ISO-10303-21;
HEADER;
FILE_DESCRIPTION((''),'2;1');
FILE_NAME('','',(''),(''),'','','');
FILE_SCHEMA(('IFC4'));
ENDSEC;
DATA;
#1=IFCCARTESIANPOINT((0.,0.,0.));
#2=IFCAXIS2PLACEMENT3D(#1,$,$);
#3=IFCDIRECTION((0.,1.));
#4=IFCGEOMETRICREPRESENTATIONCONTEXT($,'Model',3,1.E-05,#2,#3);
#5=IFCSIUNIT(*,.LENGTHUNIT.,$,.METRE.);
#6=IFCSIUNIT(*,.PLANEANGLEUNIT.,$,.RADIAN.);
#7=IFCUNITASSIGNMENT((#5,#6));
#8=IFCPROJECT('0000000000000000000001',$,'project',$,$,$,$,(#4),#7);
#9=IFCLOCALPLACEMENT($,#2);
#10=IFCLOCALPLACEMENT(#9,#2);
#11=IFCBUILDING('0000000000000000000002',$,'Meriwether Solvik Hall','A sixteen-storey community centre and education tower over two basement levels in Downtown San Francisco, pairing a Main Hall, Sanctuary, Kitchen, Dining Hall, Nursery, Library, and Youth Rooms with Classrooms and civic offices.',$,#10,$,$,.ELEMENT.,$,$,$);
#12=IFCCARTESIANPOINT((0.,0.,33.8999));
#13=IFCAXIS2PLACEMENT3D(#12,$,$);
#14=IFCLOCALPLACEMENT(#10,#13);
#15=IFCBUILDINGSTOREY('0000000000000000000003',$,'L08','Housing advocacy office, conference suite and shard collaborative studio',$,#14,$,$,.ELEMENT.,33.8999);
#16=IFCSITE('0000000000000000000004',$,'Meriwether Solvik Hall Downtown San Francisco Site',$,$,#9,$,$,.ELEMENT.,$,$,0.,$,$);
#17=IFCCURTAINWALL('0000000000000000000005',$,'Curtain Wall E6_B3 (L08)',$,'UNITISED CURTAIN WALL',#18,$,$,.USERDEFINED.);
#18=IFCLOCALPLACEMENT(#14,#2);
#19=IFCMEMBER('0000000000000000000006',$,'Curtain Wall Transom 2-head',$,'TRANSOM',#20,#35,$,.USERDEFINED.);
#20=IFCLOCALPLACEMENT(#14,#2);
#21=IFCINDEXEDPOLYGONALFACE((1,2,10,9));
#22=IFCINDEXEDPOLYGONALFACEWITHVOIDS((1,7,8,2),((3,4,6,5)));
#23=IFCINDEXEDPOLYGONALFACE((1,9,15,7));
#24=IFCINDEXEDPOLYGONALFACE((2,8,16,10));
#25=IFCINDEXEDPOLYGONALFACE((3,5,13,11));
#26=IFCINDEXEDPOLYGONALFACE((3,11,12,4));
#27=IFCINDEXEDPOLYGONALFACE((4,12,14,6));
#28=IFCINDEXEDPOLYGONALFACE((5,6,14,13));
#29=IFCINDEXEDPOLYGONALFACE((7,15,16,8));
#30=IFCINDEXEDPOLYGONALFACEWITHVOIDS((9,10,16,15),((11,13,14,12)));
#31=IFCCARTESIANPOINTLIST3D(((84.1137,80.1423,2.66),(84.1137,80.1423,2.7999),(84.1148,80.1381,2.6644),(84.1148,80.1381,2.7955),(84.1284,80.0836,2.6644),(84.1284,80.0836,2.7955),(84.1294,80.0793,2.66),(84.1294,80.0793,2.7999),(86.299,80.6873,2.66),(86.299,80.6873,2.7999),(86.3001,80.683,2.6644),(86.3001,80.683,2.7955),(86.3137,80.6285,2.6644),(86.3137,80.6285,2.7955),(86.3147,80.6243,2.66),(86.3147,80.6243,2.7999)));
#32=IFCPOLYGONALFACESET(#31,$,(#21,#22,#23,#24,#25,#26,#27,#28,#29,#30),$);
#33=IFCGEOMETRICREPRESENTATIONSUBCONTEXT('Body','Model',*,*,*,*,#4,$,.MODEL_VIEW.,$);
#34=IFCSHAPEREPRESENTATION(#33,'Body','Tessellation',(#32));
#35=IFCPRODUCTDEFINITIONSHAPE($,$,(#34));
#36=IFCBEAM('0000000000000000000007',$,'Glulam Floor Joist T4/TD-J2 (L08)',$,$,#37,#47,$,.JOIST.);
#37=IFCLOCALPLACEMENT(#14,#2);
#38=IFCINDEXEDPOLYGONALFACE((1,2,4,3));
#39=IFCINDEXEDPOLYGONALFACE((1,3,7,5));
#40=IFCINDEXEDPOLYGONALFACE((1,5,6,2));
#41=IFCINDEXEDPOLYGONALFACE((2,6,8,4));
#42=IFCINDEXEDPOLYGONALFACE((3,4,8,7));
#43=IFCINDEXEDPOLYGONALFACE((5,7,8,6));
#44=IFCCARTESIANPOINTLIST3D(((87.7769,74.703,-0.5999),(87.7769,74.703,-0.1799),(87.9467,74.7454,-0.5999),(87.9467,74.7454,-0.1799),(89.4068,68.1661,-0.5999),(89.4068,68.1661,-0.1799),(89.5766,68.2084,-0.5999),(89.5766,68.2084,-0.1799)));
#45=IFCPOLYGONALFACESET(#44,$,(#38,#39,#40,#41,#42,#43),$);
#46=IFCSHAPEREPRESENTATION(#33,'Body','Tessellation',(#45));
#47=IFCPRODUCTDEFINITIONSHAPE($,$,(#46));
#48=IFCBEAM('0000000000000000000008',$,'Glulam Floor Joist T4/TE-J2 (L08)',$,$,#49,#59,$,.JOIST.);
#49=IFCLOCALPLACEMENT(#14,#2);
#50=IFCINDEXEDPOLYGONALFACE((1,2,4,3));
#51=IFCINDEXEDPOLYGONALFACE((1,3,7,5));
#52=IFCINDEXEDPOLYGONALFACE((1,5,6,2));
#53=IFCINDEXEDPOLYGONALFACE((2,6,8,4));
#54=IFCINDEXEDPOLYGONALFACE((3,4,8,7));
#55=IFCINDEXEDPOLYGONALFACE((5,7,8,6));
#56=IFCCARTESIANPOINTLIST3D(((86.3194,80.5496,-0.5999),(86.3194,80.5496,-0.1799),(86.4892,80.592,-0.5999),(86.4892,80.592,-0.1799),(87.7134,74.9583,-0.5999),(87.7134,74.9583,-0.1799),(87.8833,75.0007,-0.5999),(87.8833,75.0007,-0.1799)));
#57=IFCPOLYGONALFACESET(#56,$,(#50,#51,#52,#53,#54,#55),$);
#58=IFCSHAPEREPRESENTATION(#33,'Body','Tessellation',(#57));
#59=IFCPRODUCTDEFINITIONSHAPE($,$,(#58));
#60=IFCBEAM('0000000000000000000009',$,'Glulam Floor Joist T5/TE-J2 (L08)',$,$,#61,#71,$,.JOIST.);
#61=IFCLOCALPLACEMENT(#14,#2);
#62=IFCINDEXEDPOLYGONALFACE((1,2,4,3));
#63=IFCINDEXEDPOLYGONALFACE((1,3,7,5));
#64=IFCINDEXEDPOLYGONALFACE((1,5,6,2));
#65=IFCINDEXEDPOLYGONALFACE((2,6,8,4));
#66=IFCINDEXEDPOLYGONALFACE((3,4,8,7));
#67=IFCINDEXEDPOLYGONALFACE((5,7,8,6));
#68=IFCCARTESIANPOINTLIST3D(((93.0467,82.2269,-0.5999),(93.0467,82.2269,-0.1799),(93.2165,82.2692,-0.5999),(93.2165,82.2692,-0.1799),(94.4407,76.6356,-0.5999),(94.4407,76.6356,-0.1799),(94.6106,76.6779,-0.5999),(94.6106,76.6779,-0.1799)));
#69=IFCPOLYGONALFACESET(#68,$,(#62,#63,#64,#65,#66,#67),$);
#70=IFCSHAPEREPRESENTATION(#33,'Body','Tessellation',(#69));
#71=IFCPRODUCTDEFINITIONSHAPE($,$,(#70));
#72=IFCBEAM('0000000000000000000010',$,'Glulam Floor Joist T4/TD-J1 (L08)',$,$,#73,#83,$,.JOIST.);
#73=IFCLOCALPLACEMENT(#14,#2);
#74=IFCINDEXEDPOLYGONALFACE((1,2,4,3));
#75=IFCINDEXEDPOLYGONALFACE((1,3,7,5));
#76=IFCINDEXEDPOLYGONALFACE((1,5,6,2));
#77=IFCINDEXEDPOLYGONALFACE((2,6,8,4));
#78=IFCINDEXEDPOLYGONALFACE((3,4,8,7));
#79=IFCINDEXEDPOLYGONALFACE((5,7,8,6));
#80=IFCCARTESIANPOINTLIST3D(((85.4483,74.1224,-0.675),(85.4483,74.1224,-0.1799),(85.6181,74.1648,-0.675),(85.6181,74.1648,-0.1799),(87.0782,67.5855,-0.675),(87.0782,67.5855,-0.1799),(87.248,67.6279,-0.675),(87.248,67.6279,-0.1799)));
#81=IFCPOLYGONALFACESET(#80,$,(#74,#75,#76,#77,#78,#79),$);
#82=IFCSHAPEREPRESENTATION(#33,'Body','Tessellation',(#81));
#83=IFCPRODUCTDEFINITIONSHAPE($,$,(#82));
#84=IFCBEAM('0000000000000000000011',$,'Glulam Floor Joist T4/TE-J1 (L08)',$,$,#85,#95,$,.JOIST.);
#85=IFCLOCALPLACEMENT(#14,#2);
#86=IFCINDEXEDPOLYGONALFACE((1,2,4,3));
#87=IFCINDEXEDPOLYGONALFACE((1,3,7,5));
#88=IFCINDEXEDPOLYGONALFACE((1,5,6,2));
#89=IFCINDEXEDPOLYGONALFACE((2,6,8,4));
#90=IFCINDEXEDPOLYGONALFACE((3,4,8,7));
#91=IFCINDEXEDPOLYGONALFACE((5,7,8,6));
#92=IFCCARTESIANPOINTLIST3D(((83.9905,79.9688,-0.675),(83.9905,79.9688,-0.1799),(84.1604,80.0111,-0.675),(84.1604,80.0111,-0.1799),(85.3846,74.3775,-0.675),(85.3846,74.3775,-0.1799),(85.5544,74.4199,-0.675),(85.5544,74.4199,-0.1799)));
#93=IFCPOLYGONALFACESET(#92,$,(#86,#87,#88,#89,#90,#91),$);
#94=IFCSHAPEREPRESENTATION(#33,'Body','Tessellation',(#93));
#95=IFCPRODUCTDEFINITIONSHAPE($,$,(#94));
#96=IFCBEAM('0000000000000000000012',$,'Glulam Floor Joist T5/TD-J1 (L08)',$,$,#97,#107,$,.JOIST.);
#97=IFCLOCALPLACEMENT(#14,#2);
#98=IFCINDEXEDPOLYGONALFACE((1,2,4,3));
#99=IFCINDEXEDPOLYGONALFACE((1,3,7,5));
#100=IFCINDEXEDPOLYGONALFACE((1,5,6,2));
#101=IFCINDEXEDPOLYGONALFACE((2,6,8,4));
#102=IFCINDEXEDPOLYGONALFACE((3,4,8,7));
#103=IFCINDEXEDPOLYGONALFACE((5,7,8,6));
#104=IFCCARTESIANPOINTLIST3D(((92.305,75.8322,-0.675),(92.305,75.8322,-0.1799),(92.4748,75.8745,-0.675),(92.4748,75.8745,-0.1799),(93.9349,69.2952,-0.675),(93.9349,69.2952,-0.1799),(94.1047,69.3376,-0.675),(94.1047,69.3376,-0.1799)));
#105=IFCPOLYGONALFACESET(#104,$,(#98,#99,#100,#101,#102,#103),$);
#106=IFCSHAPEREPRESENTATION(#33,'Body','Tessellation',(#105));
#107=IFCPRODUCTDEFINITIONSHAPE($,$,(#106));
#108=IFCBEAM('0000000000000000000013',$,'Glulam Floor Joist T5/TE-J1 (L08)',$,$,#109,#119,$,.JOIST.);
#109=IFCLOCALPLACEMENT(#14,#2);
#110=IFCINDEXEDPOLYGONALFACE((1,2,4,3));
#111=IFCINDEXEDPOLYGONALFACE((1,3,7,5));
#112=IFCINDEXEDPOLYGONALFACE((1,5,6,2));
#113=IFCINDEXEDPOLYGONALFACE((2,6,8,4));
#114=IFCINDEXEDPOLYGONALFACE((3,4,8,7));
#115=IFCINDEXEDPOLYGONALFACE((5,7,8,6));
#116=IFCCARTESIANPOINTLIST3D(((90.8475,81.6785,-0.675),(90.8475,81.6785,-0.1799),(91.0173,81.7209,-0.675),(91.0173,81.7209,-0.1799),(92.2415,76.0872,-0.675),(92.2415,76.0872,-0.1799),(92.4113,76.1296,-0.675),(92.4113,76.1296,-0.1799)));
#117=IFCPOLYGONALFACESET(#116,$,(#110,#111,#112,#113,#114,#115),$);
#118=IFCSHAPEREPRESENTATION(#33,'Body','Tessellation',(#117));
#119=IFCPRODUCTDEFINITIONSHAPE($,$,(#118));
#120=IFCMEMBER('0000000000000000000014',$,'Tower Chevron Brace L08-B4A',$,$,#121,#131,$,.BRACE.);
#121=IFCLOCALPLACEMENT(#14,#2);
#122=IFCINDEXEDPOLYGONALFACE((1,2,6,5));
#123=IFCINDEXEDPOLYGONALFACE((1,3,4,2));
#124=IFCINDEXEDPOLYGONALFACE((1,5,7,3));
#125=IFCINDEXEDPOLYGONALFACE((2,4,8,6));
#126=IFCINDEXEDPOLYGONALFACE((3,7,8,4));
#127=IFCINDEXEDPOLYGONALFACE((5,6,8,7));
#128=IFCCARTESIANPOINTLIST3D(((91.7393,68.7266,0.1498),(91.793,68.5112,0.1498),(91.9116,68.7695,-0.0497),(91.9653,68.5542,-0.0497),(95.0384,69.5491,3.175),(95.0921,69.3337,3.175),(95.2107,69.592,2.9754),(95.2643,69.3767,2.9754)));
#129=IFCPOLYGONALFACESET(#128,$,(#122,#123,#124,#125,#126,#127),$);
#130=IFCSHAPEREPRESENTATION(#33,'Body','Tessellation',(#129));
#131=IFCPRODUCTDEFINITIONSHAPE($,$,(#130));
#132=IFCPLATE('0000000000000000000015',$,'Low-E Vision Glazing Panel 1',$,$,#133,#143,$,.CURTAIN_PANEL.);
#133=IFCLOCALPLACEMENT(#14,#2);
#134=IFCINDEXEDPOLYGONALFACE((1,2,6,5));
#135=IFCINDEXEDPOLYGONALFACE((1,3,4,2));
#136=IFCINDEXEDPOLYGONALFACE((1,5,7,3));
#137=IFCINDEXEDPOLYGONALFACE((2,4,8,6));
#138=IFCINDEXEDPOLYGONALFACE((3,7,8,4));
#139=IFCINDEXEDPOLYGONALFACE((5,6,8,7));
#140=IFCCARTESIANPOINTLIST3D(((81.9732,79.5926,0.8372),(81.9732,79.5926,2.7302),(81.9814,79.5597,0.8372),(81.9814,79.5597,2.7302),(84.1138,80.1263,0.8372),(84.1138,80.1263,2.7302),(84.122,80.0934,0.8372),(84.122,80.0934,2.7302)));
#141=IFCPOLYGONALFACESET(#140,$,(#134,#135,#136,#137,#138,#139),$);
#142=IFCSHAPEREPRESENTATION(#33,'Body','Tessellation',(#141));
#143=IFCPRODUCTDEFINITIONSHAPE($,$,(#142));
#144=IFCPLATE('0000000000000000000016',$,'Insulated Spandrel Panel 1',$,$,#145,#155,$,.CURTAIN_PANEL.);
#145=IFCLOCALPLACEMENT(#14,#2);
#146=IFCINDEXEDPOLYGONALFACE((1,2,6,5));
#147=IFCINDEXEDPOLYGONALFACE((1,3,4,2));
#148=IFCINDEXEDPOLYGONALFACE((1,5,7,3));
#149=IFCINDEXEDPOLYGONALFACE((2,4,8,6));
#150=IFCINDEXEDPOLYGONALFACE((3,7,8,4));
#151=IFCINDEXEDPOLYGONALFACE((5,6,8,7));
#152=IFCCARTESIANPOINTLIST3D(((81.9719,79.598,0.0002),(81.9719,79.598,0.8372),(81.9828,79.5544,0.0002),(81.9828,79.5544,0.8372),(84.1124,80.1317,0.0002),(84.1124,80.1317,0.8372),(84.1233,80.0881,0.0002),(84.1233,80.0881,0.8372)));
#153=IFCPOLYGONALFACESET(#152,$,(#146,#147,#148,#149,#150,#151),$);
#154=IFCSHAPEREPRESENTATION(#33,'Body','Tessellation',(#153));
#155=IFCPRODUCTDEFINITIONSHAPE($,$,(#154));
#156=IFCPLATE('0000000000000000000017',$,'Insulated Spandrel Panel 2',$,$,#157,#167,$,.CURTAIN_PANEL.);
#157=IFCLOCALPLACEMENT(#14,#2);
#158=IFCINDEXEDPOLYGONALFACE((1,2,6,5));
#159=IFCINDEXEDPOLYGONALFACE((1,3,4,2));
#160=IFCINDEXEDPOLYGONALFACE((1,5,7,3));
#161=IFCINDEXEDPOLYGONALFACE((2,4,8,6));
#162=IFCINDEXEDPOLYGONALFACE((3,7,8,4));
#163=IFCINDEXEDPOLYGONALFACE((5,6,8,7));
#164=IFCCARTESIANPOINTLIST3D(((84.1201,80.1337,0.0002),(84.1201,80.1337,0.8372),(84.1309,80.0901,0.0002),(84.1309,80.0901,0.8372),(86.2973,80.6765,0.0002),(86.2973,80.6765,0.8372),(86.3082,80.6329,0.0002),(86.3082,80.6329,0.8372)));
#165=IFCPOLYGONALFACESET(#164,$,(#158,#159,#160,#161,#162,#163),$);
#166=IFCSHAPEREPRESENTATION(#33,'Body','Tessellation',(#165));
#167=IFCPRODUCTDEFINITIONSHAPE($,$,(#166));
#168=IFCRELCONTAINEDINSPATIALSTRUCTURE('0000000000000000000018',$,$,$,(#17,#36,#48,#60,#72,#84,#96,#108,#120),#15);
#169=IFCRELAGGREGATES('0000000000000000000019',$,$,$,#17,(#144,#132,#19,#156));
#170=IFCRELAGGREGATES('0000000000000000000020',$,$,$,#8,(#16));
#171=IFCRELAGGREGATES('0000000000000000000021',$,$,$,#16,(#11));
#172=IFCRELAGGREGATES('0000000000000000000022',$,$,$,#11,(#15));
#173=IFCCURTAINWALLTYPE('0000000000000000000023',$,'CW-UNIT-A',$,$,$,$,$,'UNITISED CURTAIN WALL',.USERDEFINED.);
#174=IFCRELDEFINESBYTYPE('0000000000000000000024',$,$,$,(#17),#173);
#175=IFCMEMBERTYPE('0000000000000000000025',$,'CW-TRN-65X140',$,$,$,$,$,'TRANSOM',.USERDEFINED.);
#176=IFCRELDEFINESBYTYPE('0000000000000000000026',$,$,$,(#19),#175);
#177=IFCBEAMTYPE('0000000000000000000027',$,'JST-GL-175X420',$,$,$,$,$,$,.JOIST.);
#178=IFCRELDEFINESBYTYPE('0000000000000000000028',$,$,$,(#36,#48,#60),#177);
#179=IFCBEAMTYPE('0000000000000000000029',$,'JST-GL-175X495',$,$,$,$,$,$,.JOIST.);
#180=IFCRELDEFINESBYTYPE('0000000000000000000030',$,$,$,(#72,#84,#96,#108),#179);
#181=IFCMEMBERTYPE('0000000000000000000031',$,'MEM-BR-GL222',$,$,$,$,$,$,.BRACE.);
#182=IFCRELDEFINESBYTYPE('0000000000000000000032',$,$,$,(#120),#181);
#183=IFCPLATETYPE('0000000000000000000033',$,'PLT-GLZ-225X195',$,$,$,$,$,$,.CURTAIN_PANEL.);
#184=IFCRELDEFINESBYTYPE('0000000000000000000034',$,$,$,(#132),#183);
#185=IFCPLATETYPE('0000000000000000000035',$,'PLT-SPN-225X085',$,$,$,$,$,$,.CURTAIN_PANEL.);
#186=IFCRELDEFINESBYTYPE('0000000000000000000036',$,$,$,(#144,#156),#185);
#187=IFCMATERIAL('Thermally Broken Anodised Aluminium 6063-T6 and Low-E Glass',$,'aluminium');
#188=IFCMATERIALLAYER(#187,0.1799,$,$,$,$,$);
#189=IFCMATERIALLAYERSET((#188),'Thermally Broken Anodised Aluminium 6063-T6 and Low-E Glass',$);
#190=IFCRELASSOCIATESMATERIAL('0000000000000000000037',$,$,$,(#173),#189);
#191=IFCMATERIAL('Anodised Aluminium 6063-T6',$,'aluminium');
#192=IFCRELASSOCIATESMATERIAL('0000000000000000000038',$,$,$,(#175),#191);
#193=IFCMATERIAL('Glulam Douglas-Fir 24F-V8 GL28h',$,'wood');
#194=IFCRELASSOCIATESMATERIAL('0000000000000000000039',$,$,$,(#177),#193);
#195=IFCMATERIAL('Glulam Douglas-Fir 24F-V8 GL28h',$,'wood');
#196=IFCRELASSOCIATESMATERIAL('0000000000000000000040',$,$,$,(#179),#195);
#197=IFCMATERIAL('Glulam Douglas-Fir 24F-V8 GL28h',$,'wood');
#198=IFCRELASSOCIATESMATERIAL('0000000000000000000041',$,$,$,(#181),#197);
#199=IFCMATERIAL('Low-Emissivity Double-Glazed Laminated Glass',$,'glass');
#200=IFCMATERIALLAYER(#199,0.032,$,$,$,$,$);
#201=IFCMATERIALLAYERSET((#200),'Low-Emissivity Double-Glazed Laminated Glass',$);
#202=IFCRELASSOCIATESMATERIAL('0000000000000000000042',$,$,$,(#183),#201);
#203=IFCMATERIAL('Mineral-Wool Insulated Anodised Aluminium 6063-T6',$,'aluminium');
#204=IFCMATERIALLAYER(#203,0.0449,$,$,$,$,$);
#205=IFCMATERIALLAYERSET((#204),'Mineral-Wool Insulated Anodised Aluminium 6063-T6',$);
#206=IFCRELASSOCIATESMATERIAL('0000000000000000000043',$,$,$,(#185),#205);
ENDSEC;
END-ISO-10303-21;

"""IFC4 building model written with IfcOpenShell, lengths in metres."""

from ifc_helpers import new_model, si_unit, direction, frame, origin, origin_2d, place, context, subcontext, project, spatial, rectangle, hollow_rectangle, extrude, material, layer, layer_set, material_profile, profile_set, type_object, element, aggregate, save


model = new_model("IFC4")

# Units and contexts
model_context = context("Model", 3, precision=1e-05, world=origin(), true_north=direction((0.0, 1.0)))
body_context = subcontext(model_context, "Body", "Model", "MODEL_VIEW")
ifc_project = project(units=[si_unit("LENGTHUNIT", "METRE"), si_unit("PLANEANGLEUNIT", "RADIAN")], contexts=[model_context])

# Site, building, storey
site_placement = place(None, origin())
site = spatial("IfcSite", under=ifc_project, at=site_placement, Name="Meriwether Solvik Hall Downtown San Francisco Site", CompositionType="ELEMENT", RefElevation=0.0)
building_placement = place(site_placement, origin())
building = spatial("IfcBuilding", under=site, at=building_placement, Name="Meriwether Solvik Hall", Description="A sixteen-storey community centre and education tower over two basement levels in Downtown San Francisco, pairing a Main Hall, Sanctuary, Kitchen, Dining Hall, Nursery, Library, and Youth Rooms with Classrooms and civic offices.", CompositionType="ELEMENT")
storey_placement = place(building_placement, frame((0.0, 0.0, 33.8999)))
storey = spatial("IfcBuildingStorey", under=building, at=storey_placement, Name="L08", Description="Housing advocacy office, conference suite and shard collaborative studio", CompositionType="ELEMENT", Elevation=33.8999)

# Curtain wall, member
ifc_material_1 = material(Name="Thermally Broken Anodised Aluminium 6063-T6 and Low-E Glass", Category="aluminium")
ifc_layer_1 = layer(ifc_material_1, 0.1799)
ifc_layer_set_1 = layer_set([ifc_layer_1], Name="Thermally Broken Anodised Aluminium 6063-T6 and Low-E Glass")
curtain_wall_type = type_object("IfcCurtainWallType", Name="CW-UNIT-A", ElementType="UNITISED CURTAIN WALL", PredefinedType="USERDEFINED", material=ifc_layer_set_1)
curtain_wall_placement = place(storey_placement, origin())
curtain_wall = element("IfcCurtainWall", 1, at=curtain_wall_placement, inside=storey, type_object=curtain_wall_type, Name="Curtain Wall E6_B3 (L08)", ObjectType="UNITISED CURTAIN WALL", PredefinedType="USERDEFINED")
ifc_material_2 = material(Name="Anodised Aluminium 6063-T6", Category="aluminium")
ifc_material_profile_1 = material_profile(ifc_material_2, hollow_rectangle(XDim=0.0649, YDim=0.1399, WallThickness=0.0044, at=origin_2d()), Name="CWT-65X140")
ifc_profile_set_1 = profile_set([ifc_material_profile_1], Name="Anodised Aluminium 6063-T6")
member_type_1 = type_object("IfcMemberType", Name="CW-TRN-65X140", ElementType="TRANSOM", PredefinedType="USERDEFINED", material=ifc_profile_set_1)
member_1_placement = place(storey_placement, frame((84.1216, 80.1108, 2.73), z_axis=(0.970289, 0.241949, 0.0), x_axis=(-0.241949, 0.970289, 0.0)))
member_1 = element("IfcMember", 2, at=member_1_placement, type_object=member_type_1, Name="Curtain Wall Transom 2-head", ObjectType="TRANSOM", PredefinedType="USERDEFINED", context=body_context, shape_type="SweptSolid", body=[
    extrude(hollow_rectangle(XDim=0.0649, YDim=0.1399, WallThickness=0.0044, at=origin_2d()), origin(), (0.0, 0.0, 1.0), 2.2522),
])

# Beams
ifc_material_3 = material(Name="Glulam Douglas-Fir 24F-V8 GL28h", Category="wood")
ifc_material_profile_2 = material_profile(ifc_material_3, rectangle(XDim=0.175, YDim=0.4199, at=origin_2d()), Name="GLJ-175X420")
ifc_profile_set_2 = profile_set([ifc_material_profile_2], Name="Glulam Douglas-Fir 24F-V8 GL28h")
beam_type_1 = type_object("IfcBeamType", Name="JST-GL-175X420", PredefinedType="JOIST", material=ifc_profile_set_2)
beam_1_placement = place(storey_placement, frame((89.4917, 68.1873, -0.3899), z_axis=(-0.24193, 0.970294, 0.0), x_axis=(-0.970294, -0.24193, 0.0)))
element("IfcBeam", 3, at=beam_1_placement, inside=storey, type_object=beam_type_1, Name="Glulam Floor Joist T4/TD-J2 (L08)", PredefinedType="JOIST", context=body_context, shape_type="SweptSolid", body=[
    extrude(rectangle(XDim=0.175, YDim=0.4199, at=origin_2d()), origin(), (0.0, 0.0, 1.0), 6.7371),
])
for number, where, z_axis, x_axis, name in (
    (4, (87.7983, 74.9795, -0.3899), (-0.241918, 0.970297, 0.0), (-0.970297, -0.241918, 0.0), "Glulam Floor Joist T4/TE-J2 (L08)"),
    (5, (94.5256, 76.6567, -0.3899), (-0.241918, 0.970297, 0.0), (-0.970297, -0.241918, 0.0), "Glulam Floor Joist T5/TE-J2 (L08)"),
):
    element("IfcBeam", number, at=place(storey_placement, frame(where, z_axis=z_axis, x_axis=x_axis)), inside=storey, type_object=beam_type_1, Name=name, PredefinedType="JOIST", context=body_context, shape_type="SweptSolid", body=[
        extrude(rectangle(XDim=0.175, YDim=0.4199, at=origin_2d()), origin(), (0.0, 0.0, 1.0), 5.7625),
    ])
ifc_material_4 = material(Name="Glulam Douglas-Fir 24F-V8 GL28h", Category="wood")
ifc_material_profile_3 = material_profile(ifc_material_4, rectangle(XDim=0.175, YDim=0.4951, at=origin_2d()), Name="GLJ-175X495")
ifc_profile_set_3 = profile_set([ifc_material_profile_3], Name="Glulam Douglas-Fir 24F-V8 GL28h")
beam_type_2 = type_object("IfcBeamType", Name="JST-GL-175X495", PredefinedType="JOIST", material=ifc_profile_set_3)
beam_2_placement = place(storey_placement, frame((87.1631, 67.6067, -0.4275), z_axis=(-0.24193, 0.970294, 0.0), x_axis=(-0.970294, -0.24193, 0.0)))
element("IfcBeam", 6, at=beam_2_placement, inside=storey, type_object=beam_type_2, Name="Glulam Floor Joist T4/TD-J1 (L08)", PredefinedType="JOIST", context=body_context, shape_type="SweptSolid", body=[
    extrude(rectangle(XDim=0.175, YDim=0.4951, at=origin_2d()), origin(), (0.0, 0.0, 1.0), 6.7371),
])
beam_3_placement = place(storey_placement, frame((85.4695, 74.3987, -0.4275), z_axis=(-0.241918, 0.970297, 0.0), x_axis=(-0.970297, -0.241918, 0.0)))
element("IfcBeam", 7, at=beam_3_placement, inside=storey, type_object=beam_type_2, Name="Glulam Floor Joist T4/TE-J1 (L08)", PredefinedType="JOIST", context=body_context, shape_type="SweptSolid", body=[
    extrude(rectangle(XDim=0.175, YDim=0.4951, at=origin_2d()), origin(), (0.0, 0.0, 1.0), 5.7625),
])
beam_4_placement = place(storey_placement, frame((94.0198, 69.3164, -0.4275), z_axis=(-0.24193, 0.970294, 0.0), x_axis=(-0.970294, -0.24193, 0.0)))
element("IfcBeam", 8, at=beam_4_placement, inside=storey, type_object=beam_type_2, Name="Glulam Floor Joist T5/TD-J1 (L08)", PredefinedType="JOIST", context=body_context, shape_type="SweptSolid", body=[
    extrude(rectangle(XDim=0.175, YDim=0.4951, at=origin_2d()), origin(), (0.0, 0.0, 1.0), 6.7371),
])
beam_5_placement = place(storey_placement, frame((92.3264, 76.1084, -0.4275), z_axis=(-0.241918, 0.970297, 0.0), x_axis=(-0.970297, -0.241918, 0.0)))
element("IfcBeam", 9, at=beam_5_placement, inside=storey, type_object=beam_type_2, Name="Glulam Floor Joist T5/TE-J1 (L08)", PredefinedType="JOIST", context=body_context, shape_type="SweptSolid", body=[
    extrude(rectangle(XDim=0.175, YDim=0.4951, at=origin_2d()), origin(), (0.0, 0.0, 1.0), 5.7625),
])

# Member
ifc_material_5 = material(Name="Glulam Douglas-Fir 24F-V8 GL28h", Category="wood")
ifc_material_profile_4 = material_profile(ifc_material_5, rectangle(XDim=0.2219, YDim=0.2671, at=origin_2d()), Name="GLM-222X267")
ifc_profile_set_4 = profile_set([ifc_material_profile_4], Name="Glulam Douglas-Fir 24F-V8 GL28h")
member_type_2 = type_object("IfcMemberType", Name="MEM-BR-GL222", PredefinedType="BRACE", material=ifc_profile_set_4)
member_2_placement = place(storey_placement, frame((91.8523, 68.6404, 0.05), z_axis=(0.724906, 0.18073, 0.664716), x_axis=(-0.24191, 0.970299, 0.0)))
element("IfcMember", 10, at=member_2_placement, inside=storey, type_object=member_type_2, Name="Tower Chevron Brace L08-B4A", PredefinedType="BRACE", context=body_context, shape_type="SweptSolid", body=[
    extrude(rectangle(XDim=0.2219, YDim=0.2671, at=origin_2d()), origin(), (0.0, 0.0, 1.0), 4.551),
])

# Plates
ifc_material_6 = material(Name="Low-Emissivity Double-Glazed Laminated Glass", Category="glass")
ifc_layer_2 = layer(ifc_material_6, 0.032)
ifc_layer_set_2 = layer_set([ifc_layer_2], Name="Low-Emissivity Double-Glazed Laminated Glass")
plate_type_1 = type_object("IfcPlateType", Name="PLT-GLZ-225X195", PredefinedType="CURTAIN_PANEL", material=ifc_layer_set_2)
plate_1_placement = place(storey_placement, frame((83.0476, 79.843, 0.8372), z_axis=(0.0, 0.0, 1.0), x_axis=(0.970296, 0.241922, 0.0)))
plate_1 = element("IfcPlate", 11, at=plate_1_placement, type_object=plate_type_1, Name="Low-E Vision Glazing Panel 1", PredefinedType="CURTAIN_PANEL", context=body_context, shape_type="SweptSolid", body=[
    extrude(rectangle(XDim=2.2061, YDim=0.0339, at=origin_2d()), origin(), (0.0, 0.0, 1.0), 1.8931),
])
ifc_material_7 = material(Name="Mineral-Wool Insulated Anodised Aluminium 6063-T6", Category="aluminium")
ifc_layer_3 = layer(ifc_material_7, 0.0449)
ifc_layer_set_3 = layer_set([ifc_layer_3], Name="Mineral-Wool Insulated Anodised Aluminium 6063-T6")
plate_type_2 = type_object("IfcPlateType", Name="PLT-SPN-225X085", PredefinedType="CURTAIN_PANEL", material=ifc_layer_set_3)
plate_2_placement = place(storey_placement, frame((83.0476, 79.843, 0.0002), z_axis=(0.0, 0.0, 1.0), x_axis=(0.970296, 0.241922, 0.0)))
plate_2 = element("IfcPlate", 12, at=plate_2_placement, type_object=plate_type_2, Name="Insulated Spandrel Panel 1", PredefinedType="CURTAIN_PANEL", context=body_context, shape_type="SweptSolid", body=[
    extrude(rectangle(XDim=2.2061, YDim=0.0449, at=origin_2d()), origin(), (0.0, 0.0, 1.0), 0.8369),
])
plate_3_placement = place(storey_placement, frame((85.2141, 80.3833, 0.0002), z_axis=(0.0, 0.0, 1.0), x_axis=(0.970296, 0.241922, 0.0)))
plate_3 = element("IfcPlate", 13, at=plate_3_placement, type_object=plate_type_2, Name="Insulated Spandrel Panel 2", PredefinedType="CURTAIN_PANEL", context=body_context, shape_type="SweptSolid", body=[
    extrude(rectangle(XDim=2.2439, YDim=0.0449, at=origin_2d()), origin(), (0.0, 0.0, 1.0), 0.8369),
])
aggregate(curtain_wall, [plate_2, plate_1, member_1, plate_3])

save(model, "model.ifc")
